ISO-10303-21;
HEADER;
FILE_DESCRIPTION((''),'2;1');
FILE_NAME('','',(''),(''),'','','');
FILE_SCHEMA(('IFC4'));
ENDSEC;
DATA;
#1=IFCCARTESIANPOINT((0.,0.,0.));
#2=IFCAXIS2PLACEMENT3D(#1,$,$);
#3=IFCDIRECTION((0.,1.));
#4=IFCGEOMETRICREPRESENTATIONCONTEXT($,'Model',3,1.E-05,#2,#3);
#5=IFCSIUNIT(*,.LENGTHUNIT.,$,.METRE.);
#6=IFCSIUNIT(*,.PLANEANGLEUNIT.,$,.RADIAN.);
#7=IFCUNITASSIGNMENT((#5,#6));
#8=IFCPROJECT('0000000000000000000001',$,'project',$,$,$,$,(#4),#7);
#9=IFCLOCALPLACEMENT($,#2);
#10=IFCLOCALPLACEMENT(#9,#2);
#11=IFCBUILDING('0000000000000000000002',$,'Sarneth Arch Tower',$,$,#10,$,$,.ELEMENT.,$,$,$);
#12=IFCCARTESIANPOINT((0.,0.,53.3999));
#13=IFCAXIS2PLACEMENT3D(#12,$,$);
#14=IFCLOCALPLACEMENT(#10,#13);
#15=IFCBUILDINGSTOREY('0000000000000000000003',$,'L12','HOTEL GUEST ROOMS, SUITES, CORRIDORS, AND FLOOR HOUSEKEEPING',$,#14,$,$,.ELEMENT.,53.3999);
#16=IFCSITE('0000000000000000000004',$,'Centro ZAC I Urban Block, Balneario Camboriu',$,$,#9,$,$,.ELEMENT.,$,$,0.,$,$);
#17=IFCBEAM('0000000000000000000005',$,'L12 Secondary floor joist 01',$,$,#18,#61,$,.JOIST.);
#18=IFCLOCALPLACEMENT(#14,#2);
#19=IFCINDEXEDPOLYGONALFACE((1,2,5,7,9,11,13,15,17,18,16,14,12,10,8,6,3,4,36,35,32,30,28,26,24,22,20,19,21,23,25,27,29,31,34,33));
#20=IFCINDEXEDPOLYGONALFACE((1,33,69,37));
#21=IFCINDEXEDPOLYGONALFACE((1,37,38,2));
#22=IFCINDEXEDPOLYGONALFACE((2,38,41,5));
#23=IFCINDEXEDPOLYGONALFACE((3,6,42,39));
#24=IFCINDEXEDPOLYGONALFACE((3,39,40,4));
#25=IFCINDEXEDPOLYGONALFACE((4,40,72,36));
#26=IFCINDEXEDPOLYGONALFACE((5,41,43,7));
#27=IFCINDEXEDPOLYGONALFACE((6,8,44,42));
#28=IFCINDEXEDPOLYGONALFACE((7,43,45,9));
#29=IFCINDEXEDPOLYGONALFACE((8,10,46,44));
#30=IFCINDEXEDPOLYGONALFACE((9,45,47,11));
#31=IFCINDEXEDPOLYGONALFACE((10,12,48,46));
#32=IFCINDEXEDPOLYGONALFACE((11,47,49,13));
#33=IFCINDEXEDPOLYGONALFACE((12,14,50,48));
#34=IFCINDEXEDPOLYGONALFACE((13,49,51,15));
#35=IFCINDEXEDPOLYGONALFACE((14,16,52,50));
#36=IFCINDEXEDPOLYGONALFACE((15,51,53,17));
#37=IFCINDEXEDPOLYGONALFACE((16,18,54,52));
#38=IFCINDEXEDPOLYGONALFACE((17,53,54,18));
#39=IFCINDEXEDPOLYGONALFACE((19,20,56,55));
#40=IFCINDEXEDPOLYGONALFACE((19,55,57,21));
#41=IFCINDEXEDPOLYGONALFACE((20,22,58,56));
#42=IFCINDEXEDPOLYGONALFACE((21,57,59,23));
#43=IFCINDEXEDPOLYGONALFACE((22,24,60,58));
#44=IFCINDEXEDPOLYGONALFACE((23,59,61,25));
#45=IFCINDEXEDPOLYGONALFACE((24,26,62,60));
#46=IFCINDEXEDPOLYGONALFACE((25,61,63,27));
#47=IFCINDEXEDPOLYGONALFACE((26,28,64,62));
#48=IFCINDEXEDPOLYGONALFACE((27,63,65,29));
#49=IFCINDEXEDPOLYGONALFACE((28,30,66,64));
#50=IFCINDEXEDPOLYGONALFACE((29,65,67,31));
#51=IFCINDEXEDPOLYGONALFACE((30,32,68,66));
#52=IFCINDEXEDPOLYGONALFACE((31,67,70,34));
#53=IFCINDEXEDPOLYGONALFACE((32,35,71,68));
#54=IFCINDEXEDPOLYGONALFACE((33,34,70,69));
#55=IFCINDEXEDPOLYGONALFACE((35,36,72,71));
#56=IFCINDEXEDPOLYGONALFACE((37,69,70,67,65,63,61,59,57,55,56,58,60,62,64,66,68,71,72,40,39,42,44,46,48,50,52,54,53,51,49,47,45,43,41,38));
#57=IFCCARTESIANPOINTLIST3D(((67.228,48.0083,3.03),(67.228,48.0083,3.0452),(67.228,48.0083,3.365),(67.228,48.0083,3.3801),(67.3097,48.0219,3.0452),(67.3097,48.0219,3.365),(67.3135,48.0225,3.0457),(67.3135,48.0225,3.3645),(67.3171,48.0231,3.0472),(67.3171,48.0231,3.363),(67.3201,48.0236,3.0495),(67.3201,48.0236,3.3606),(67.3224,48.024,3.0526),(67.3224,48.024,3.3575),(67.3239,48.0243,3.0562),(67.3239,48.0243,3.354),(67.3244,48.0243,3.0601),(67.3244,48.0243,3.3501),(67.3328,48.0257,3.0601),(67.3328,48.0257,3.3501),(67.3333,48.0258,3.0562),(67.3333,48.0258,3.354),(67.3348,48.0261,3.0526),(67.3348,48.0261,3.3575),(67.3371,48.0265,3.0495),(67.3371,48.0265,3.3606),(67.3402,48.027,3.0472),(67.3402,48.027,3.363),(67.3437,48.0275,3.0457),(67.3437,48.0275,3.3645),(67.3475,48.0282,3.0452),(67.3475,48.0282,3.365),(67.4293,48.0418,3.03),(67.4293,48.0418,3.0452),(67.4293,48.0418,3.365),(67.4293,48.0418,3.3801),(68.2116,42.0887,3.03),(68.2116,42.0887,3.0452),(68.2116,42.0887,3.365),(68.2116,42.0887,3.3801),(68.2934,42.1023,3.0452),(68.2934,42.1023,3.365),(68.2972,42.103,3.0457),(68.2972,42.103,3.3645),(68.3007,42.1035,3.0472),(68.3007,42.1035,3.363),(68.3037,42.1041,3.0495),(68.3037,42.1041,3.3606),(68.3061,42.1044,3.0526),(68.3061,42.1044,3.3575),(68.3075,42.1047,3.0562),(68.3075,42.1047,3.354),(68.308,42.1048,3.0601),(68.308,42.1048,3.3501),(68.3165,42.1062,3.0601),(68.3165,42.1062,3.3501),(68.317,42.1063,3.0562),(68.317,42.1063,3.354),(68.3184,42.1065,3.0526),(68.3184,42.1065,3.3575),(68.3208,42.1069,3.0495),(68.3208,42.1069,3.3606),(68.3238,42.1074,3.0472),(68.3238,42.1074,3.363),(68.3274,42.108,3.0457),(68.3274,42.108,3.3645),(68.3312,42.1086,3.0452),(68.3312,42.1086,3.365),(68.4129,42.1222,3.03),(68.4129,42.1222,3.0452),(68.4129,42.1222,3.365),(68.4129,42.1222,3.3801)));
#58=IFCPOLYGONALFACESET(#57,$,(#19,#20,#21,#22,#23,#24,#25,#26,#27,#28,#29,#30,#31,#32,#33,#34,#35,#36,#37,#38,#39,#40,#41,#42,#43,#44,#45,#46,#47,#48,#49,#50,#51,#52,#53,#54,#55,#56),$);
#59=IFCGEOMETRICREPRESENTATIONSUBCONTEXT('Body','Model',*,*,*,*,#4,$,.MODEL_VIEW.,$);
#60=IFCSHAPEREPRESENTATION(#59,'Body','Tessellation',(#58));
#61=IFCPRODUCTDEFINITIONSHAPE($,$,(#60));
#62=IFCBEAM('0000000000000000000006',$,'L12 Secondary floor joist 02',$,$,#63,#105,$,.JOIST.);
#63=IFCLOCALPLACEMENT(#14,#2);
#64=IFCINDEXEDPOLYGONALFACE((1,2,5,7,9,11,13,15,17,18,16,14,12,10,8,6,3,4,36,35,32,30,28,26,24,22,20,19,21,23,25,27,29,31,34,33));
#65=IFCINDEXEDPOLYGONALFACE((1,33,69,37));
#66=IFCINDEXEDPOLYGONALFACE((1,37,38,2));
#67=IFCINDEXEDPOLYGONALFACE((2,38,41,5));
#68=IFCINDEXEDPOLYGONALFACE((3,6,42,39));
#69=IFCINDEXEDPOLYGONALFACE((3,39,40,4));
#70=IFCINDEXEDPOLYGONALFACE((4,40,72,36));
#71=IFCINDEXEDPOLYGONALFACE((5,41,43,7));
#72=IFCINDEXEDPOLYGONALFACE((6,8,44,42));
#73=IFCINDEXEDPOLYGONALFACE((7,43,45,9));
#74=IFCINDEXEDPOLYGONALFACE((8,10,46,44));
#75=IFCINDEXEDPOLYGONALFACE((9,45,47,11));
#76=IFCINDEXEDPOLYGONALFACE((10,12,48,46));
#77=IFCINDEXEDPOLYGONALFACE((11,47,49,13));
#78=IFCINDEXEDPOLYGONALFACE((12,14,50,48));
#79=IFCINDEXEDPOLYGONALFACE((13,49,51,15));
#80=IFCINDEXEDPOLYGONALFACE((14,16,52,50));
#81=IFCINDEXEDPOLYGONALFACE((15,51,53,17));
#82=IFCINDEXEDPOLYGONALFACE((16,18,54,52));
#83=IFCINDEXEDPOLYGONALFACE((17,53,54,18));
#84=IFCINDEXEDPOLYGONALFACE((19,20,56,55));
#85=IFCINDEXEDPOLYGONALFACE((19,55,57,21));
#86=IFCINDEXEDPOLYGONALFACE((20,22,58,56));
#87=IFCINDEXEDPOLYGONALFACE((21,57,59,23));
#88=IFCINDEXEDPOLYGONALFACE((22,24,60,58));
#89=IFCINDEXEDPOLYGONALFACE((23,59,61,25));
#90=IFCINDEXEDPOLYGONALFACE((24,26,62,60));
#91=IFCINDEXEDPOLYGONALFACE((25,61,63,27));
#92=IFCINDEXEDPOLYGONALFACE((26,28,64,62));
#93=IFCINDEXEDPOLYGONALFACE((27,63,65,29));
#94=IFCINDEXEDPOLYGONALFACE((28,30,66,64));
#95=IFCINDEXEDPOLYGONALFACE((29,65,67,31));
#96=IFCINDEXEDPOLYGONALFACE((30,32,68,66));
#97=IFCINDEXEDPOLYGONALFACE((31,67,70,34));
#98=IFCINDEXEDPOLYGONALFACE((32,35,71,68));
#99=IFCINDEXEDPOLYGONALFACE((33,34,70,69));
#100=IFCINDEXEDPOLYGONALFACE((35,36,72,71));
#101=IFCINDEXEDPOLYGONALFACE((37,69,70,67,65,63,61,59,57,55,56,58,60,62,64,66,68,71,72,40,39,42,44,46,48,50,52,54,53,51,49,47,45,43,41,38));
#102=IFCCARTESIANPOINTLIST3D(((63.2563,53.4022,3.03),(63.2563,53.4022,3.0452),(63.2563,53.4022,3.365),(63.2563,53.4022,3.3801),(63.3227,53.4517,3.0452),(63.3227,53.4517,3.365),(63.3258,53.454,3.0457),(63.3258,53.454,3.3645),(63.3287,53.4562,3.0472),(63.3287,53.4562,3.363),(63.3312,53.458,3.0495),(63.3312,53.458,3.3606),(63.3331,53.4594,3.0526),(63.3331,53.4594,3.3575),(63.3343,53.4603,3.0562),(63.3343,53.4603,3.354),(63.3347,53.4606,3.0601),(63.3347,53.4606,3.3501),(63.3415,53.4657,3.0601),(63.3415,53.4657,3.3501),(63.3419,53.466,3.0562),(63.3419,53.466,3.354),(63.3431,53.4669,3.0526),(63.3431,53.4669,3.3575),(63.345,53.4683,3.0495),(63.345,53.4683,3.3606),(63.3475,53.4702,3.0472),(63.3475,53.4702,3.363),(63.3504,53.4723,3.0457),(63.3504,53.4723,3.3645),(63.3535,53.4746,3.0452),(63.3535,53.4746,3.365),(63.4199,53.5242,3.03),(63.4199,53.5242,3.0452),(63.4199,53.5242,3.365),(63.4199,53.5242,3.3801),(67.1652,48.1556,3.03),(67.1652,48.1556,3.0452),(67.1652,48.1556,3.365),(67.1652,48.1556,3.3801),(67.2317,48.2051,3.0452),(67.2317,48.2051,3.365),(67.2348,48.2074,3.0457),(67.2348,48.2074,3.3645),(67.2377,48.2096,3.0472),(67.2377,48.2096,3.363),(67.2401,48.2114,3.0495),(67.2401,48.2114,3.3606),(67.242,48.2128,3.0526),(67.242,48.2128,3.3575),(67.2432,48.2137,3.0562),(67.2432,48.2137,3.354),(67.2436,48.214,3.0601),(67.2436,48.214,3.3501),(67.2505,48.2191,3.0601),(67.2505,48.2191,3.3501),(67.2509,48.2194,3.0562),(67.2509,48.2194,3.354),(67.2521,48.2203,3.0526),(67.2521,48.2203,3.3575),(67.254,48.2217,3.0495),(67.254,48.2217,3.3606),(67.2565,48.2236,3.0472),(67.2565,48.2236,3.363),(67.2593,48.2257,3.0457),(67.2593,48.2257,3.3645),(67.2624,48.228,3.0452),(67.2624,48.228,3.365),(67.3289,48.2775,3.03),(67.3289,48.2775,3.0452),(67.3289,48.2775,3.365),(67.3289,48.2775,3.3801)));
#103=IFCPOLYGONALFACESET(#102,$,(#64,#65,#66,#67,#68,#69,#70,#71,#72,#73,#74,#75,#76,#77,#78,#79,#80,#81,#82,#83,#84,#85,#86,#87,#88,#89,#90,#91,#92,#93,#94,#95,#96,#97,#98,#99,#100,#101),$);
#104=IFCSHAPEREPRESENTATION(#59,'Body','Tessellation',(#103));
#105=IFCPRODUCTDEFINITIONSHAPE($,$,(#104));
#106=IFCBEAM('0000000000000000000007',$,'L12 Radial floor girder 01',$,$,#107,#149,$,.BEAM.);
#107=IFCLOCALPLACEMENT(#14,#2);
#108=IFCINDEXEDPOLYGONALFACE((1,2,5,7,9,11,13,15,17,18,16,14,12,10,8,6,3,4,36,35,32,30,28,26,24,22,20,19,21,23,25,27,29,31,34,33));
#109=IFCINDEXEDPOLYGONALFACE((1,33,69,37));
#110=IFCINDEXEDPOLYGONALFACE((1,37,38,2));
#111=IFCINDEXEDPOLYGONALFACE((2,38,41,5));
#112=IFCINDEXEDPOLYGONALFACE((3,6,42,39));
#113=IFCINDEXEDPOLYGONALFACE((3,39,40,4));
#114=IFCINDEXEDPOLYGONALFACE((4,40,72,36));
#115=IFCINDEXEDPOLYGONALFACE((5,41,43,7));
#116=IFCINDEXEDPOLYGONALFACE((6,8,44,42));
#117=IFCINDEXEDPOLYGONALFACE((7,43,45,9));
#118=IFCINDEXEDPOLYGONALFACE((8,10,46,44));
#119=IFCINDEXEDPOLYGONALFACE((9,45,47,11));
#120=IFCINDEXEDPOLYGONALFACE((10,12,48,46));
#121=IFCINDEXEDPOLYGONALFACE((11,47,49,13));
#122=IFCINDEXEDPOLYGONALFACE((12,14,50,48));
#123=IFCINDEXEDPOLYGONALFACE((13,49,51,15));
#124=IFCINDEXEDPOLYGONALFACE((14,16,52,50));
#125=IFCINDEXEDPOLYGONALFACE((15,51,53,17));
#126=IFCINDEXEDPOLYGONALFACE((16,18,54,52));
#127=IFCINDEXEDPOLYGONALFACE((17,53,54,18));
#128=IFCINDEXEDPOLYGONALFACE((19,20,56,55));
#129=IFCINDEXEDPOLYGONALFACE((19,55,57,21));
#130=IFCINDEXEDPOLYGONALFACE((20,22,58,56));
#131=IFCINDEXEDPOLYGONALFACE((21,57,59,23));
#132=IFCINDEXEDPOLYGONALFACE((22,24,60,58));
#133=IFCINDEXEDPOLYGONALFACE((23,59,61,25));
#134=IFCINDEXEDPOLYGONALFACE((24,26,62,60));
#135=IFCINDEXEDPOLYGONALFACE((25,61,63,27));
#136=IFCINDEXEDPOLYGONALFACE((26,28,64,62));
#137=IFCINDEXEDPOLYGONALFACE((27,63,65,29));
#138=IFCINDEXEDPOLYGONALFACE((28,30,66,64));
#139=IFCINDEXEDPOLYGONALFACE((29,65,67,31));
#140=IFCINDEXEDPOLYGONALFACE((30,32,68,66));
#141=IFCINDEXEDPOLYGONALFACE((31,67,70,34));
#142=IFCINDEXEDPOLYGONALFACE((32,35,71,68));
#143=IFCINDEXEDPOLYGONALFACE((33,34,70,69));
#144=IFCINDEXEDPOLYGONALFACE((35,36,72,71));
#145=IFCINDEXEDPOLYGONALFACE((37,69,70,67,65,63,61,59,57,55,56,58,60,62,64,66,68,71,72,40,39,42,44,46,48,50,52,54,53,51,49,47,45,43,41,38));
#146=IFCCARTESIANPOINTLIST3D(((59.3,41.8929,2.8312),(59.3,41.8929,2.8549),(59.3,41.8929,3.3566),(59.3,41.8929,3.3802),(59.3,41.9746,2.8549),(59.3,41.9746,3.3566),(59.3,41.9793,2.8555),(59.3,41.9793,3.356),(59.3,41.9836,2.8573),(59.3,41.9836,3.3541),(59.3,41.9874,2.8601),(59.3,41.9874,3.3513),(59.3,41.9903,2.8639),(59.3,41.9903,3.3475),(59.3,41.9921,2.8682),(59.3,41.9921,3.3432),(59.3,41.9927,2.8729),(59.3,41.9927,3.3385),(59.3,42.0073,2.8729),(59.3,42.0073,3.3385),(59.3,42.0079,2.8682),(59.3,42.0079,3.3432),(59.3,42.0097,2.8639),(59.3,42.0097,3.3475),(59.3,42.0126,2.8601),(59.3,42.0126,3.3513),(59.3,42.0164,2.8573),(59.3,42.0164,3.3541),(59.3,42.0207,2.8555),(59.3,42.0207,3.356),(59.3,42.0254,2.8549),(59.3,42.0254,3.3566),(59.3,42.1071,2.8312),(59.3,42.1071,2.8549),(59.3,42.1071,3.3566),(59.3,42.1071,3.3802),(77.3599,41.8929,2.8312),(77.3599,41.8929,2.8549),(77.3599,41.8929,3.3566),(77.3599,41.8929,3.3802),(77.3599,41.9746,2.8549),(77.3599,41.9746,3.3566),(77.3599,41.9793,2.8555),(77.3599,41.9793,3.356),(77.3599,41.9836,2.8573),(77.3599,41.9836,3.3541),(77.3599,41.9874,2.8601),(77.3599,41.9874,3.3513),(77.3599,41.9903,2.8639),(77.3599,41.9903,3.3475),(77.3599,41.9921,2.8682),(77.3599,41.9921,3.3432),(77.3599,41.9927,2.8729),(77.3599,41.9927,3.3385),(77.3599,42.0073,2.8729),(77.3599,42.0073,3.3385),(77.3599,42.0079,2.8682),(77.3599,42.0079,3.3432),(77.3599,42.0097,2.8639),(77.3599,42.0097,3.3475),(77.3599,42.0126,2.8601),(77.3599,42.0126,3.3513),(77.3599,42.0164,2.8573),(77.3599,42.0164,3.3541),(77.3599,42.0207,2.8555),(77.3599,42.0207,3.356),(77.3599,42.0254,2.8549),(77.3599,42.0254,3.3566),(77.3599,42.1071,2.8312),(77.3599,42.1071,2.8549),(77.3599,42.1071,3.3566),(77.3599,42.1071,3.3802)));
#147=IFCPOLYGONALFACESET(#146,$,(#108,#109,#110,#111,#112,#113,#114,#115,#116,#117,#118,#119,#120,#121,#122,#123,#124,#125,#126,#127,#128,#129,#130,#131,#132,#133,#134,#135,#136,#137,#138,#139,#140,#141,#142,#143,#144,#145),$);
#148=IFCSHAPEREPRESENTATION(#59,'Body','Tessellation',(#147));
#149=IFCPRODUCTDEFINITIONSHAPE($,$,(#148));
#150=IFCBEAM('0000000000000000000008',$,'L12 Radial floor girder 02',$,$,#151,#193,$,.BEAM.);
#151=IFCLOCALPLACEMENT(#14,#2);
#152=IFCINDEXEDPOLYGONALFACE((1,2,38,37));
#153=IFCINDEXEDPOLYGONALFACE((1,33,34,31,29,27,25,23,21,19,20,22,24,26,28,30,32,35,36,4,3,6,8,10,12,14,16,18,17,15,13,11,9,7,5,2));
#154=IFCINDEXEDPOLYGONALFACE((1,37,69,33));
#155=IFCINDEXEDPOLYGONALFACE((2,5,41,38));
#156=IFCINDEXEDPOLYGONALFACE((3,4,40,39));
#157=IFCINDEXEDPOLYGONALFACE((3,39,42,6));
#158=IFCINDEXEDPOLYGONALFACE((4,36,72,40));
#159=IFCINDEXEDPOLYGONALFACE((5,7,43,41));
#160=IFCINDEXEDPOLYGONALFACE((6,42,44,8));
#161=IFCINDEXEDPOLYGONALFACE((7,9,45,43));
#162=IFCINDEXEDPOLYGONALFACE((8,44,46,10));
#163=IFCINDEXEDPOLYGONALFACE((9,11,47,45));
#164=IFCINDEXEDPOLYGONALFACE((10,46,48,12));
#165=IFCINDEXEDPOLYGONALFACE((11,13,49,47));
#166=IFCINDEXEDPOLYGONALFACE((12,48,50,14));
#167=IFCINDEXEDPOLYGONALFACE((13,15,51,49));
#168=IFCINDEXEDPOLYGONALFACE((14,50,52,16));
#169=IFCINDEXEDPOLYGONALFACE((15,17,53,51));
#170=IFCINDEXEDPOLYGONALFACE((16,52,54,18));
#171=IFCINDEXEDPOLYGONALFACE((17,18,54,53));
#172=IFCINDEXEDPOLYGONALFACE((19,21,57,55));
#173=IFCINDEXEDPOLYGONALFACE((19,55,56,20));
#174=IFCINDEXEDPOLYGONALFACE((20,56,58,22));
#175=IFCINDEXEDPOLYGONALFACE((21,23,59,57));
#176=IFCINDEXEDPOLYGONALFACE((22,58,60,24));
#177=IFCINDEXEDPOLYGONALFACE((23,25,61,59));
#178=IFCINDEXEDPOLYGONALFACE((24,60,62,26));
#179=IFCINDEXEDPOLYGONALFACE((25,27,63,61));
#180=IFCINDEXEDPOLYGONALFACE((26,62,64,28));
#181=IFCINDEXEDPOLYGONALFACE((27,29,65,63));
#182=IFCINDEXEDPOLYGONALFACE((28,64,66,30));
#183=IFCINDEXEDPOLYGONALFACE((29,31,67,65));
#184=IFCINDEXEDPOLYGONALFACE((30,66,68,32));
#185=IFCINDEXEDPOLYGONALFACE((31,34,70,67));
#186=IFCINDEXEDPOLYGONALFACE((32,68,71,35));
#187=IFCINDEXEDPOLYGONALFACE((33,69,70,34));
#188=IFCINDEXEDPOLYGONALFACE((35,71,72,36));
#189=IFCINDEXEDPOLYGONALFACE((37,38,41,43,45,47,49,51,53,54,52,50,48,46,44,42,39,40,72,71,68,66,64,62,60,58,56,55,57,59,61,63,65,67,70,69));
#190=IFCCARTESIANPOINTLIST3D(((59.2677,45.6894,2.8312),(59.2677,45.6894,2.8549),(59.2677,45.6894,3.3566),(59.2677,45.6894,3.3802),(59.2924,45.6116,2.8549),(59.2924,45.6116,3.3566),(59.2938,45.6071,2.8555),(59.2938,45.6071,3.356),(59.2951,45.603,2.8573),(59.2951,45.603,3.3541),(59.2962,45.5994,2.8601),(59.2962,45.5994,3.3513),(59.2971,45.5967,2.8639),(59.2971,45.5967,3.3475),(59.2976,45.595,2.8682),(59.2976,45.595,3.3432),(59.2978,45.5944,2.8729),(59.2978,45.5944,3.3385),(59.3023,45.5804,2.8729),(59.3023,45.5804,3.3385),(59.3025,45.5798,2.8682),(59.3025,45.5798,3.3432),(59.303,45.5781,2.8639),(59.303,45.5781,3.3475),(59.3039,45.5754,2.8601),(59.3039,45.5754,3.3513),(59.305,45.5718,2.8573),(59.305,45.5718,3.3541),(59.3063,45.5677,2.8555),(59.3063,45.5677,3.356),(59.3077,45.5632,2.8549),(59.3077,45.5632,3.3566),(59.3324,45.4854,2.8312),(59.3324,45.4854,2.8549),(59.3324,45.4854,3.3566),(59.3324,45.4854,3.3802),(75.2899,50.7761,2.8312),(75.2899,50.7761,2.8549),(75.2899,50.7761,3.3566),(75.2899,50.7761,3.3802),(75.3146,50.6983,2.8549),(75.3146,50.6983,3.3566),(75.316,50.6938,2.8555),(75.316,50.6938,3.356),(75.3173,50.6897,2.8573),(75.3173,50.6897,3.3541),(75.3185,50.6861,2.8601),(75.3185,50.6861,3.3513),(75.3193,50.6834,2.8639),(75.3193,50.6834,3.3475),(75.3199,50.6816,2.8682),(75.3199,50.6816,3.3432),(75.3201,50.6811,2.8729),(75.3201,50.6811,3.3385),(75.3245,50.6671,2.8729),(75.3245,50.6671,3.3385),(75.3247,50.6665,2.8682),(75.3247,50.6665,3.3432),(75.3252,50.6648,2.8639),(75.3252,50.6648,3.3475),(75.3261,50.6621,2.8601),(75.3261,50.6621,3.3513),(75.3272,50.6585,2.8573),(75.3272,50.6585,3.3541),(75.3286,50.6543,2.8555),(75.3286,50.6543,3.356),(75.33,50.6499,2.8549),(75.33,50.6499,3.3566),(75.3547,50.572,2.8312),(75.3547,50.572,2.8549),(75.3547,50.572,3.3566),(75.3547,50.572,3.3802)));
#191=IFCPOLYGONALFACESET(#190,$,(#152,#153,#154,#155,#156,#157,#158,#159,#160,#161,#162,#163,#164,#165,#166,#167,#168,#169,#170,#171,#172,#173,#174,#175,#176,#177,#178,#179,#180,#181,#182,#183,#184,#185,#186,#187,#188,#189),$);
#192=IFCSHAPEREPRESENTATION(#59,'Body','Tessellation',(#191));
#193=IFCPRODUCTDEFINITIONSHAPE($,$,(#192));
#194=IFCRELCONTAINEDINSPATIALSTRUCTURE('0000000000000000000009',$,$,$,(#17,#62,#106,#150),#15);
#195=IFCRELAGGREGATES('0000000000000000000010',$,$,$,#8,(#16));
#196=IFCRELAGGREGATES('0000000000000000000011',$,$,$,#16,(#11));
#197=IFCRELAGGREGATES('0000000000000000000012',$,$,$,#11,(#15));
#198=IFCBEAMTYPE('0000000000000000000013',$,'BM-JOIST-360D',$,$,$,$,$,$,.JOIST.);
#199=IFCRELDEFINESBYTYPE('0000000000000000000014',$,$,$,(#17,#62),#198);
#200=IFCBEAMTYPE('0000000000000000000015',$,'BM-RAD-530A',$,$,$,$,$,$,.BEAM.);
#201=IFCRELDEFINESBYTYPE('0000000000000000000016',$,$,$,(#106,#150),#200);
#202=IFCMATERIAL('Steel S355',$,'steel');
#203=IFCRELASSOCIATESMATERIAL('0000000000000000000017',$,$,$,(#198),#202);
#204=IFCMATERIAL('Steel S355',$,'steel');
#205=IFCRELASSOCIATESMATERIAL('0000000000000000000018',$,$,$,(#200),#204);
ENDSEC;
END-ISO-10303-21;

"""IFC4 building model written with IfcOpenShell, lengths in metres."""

from ifc_helpers import new_model, si_unit, direction, frame, origin, origin_2d, place, context, subcontext, project, spatial, i_section, extrude, material, material_profile, profile_set, type_object, element, save


model = new_model("IFC4")

# Units and contexts
model_context = context("Model", 3, precision=1e-05, world=origin(), true_north=direction((0.0, 1.0)))
body_context = subcontext(model_context, "Body", "Model", "MODEL_VIEW")
ifc_project = project(units=[si_unit("LENGTHUNIT", "METRE"), si_unit("PLANEANGLEUNIT", "RADIAN")], contexts=[model_context])

# Site, building, storey
site_placement = place(None, origin())
site = spatial("IfcSite", under=ifc_project, at=site_placement, Name="Centro ZAC I Urban Block, Balneario Camboriu", CompositionType="ELEMENT", RefElevation=0.0)
building_placement = place(site_placement, origin())
building = spatial("IfcBuilding", under=site, at=building_placement, Name="Sarneth Arch Tower", CompositionType="ELEMENT")
storey_placement = place(building_placement, frame((0.0, 0.0, 53.3999)))
storey = spatial("IfcBuildingStorey", under=building, at=storey_placement, Name="L12", Description="HOTEL GUEST ROOMS, SUITES, CORRIDORS, AND FLOOR HOUSEKEEPING", CompositionType="ELEMENT", Elevation=53.3999)

# Beams
ifc_material_1 = material(Name="Steel S355", Category="steel")
ifc_material_profile_1 = material_profile(ifc_material_1, i_section(OverallWidth=0.2041, OverallDepth=0.3501, WebThickness=0.0085, FlangeThickness=0.0151, FilletRadius=0.0149, at=origin_2d()), Name="W360x72")
ifc_profile_set_1 = profile_set([ifc_material_profile_1], Name="Steel S355")
beam_type_1 = type_object("IfcBeamType", Name="BM-JOIST-360D", PredefinedType="JOIST", material=ifc_profile_set_1)
beam_1_placement = place(storey_placement, frame((68.3123, 42.1055, 3.2051), z_axis=(-0.163917, 0.986474, 0.0), x_axis=(-0.986474, -0.163917, 0.0)))
element("IfcBeam", 1, at=beam_1_placement, inside=storey, type_object=beam_type_1, Name="L12 Secondary floor joist 01", PredefinedType="JOIST", context=body_context, shape_type="SweptSolid", body=[
    extrude(i_section(OverallWidth=0.2041, OverallDepth=0.3501, WebThickness=0.0085, FlangeThickness=0.0151, FilletRadius=0.0149, at=origin_2d()), origin(), (0.0, 0.0, 1.0), 6.0007),
])
beam_2_placement = place(storey_placement, frame((67.2471, 48.2166, 3.2051), z_axis=(-0.597454, 0.801904, 0.0), x_axis=(-0.801904, -0.597454, 0.0)))
element("IfcBeam", 2, at=beam_2_placement, inside=storey, type_object=beam_type_1, Name="L12 Secondary floor joist 02", PredefinedType="JOIST", context=body_context, shape_type="SweptSolid", body=[
    extrude(i_section(OverallWidth=0.2041, OverallDepth=0.3501, WebThickness=0.0085, FlangeThickness=0.0151, FilletRadius=0.0149, at=origin_2d()), origin(), (0.0, 0.0, 1.0), 6.5427),
])
ifc_material_2 = material(Name="Steel S355", Category="steel")
ifc_material_profile_2 = material_profile(ifc_material_2, i_section(OverallWidth=0.2141, OverallDepth=0.5491, WebThickness=0.0146, FlangeThickness=0.0237, FilletRadius=0.0181, at=origin_2d()), Name="W530x138")
ifc_profile_set_2 = profile_set([ifc_material_profile_2], Name="Steel S355")
beam_type_2 = type_object("IfcBeamType", Name="BM-RAD-530A", PredefinedType="BEAM", material=ifc_profile_set_2)
beam_3_placement = place(storey_placement, frame((59.3, 42.0, 3.1057), z_axis=(1.0, 0.0, 0.0), x_axis=(0.0, 1.0, 0.0)))
element("IfcBeam", 3, at=beam_3_placement, inside=storey, type_object=beam_type_2, Name="L12 Radial floor girder 01", PredefinedType="BEAM", context=body_context, shape_type="SweptSolid", body=[
    extrude(i_section(OverallWidth=0.2141, OverallDepth=0.5491, WebThickness=0.0146, FlangeThickness=0.0237, FilletRadius=0.0181, at=origin_2d()), origin(), (0.0, 0.0, 1.0), 18.0598),
])
beam_4_placement = place(storey_placement, frame((59.3, 45.5874, 3.1057), z_axis=(0.95312, 0.302593, 0.0), x_axis=(-0.302593, 0.95312, 0.0)))
element("IfcBeam", 4, at=beam_4_placement, inside=storey, type_object=beam_type_2, Name="L12 Radial floor girder 02", PredefinedType="BEAM", context=body_context, shape_type="SweptSolid", body=[
    extrude(i_section(OverallWidth=0.2141, OverallDepth=0.5491, WebThickness=0.0146, FlangeThickness=0.0237, FilletRadius=0.0181, at=origin_2d()), origin(), (0.0, 0.0, 1.0), 16.8103),
])

save(model, "model.ifc")
